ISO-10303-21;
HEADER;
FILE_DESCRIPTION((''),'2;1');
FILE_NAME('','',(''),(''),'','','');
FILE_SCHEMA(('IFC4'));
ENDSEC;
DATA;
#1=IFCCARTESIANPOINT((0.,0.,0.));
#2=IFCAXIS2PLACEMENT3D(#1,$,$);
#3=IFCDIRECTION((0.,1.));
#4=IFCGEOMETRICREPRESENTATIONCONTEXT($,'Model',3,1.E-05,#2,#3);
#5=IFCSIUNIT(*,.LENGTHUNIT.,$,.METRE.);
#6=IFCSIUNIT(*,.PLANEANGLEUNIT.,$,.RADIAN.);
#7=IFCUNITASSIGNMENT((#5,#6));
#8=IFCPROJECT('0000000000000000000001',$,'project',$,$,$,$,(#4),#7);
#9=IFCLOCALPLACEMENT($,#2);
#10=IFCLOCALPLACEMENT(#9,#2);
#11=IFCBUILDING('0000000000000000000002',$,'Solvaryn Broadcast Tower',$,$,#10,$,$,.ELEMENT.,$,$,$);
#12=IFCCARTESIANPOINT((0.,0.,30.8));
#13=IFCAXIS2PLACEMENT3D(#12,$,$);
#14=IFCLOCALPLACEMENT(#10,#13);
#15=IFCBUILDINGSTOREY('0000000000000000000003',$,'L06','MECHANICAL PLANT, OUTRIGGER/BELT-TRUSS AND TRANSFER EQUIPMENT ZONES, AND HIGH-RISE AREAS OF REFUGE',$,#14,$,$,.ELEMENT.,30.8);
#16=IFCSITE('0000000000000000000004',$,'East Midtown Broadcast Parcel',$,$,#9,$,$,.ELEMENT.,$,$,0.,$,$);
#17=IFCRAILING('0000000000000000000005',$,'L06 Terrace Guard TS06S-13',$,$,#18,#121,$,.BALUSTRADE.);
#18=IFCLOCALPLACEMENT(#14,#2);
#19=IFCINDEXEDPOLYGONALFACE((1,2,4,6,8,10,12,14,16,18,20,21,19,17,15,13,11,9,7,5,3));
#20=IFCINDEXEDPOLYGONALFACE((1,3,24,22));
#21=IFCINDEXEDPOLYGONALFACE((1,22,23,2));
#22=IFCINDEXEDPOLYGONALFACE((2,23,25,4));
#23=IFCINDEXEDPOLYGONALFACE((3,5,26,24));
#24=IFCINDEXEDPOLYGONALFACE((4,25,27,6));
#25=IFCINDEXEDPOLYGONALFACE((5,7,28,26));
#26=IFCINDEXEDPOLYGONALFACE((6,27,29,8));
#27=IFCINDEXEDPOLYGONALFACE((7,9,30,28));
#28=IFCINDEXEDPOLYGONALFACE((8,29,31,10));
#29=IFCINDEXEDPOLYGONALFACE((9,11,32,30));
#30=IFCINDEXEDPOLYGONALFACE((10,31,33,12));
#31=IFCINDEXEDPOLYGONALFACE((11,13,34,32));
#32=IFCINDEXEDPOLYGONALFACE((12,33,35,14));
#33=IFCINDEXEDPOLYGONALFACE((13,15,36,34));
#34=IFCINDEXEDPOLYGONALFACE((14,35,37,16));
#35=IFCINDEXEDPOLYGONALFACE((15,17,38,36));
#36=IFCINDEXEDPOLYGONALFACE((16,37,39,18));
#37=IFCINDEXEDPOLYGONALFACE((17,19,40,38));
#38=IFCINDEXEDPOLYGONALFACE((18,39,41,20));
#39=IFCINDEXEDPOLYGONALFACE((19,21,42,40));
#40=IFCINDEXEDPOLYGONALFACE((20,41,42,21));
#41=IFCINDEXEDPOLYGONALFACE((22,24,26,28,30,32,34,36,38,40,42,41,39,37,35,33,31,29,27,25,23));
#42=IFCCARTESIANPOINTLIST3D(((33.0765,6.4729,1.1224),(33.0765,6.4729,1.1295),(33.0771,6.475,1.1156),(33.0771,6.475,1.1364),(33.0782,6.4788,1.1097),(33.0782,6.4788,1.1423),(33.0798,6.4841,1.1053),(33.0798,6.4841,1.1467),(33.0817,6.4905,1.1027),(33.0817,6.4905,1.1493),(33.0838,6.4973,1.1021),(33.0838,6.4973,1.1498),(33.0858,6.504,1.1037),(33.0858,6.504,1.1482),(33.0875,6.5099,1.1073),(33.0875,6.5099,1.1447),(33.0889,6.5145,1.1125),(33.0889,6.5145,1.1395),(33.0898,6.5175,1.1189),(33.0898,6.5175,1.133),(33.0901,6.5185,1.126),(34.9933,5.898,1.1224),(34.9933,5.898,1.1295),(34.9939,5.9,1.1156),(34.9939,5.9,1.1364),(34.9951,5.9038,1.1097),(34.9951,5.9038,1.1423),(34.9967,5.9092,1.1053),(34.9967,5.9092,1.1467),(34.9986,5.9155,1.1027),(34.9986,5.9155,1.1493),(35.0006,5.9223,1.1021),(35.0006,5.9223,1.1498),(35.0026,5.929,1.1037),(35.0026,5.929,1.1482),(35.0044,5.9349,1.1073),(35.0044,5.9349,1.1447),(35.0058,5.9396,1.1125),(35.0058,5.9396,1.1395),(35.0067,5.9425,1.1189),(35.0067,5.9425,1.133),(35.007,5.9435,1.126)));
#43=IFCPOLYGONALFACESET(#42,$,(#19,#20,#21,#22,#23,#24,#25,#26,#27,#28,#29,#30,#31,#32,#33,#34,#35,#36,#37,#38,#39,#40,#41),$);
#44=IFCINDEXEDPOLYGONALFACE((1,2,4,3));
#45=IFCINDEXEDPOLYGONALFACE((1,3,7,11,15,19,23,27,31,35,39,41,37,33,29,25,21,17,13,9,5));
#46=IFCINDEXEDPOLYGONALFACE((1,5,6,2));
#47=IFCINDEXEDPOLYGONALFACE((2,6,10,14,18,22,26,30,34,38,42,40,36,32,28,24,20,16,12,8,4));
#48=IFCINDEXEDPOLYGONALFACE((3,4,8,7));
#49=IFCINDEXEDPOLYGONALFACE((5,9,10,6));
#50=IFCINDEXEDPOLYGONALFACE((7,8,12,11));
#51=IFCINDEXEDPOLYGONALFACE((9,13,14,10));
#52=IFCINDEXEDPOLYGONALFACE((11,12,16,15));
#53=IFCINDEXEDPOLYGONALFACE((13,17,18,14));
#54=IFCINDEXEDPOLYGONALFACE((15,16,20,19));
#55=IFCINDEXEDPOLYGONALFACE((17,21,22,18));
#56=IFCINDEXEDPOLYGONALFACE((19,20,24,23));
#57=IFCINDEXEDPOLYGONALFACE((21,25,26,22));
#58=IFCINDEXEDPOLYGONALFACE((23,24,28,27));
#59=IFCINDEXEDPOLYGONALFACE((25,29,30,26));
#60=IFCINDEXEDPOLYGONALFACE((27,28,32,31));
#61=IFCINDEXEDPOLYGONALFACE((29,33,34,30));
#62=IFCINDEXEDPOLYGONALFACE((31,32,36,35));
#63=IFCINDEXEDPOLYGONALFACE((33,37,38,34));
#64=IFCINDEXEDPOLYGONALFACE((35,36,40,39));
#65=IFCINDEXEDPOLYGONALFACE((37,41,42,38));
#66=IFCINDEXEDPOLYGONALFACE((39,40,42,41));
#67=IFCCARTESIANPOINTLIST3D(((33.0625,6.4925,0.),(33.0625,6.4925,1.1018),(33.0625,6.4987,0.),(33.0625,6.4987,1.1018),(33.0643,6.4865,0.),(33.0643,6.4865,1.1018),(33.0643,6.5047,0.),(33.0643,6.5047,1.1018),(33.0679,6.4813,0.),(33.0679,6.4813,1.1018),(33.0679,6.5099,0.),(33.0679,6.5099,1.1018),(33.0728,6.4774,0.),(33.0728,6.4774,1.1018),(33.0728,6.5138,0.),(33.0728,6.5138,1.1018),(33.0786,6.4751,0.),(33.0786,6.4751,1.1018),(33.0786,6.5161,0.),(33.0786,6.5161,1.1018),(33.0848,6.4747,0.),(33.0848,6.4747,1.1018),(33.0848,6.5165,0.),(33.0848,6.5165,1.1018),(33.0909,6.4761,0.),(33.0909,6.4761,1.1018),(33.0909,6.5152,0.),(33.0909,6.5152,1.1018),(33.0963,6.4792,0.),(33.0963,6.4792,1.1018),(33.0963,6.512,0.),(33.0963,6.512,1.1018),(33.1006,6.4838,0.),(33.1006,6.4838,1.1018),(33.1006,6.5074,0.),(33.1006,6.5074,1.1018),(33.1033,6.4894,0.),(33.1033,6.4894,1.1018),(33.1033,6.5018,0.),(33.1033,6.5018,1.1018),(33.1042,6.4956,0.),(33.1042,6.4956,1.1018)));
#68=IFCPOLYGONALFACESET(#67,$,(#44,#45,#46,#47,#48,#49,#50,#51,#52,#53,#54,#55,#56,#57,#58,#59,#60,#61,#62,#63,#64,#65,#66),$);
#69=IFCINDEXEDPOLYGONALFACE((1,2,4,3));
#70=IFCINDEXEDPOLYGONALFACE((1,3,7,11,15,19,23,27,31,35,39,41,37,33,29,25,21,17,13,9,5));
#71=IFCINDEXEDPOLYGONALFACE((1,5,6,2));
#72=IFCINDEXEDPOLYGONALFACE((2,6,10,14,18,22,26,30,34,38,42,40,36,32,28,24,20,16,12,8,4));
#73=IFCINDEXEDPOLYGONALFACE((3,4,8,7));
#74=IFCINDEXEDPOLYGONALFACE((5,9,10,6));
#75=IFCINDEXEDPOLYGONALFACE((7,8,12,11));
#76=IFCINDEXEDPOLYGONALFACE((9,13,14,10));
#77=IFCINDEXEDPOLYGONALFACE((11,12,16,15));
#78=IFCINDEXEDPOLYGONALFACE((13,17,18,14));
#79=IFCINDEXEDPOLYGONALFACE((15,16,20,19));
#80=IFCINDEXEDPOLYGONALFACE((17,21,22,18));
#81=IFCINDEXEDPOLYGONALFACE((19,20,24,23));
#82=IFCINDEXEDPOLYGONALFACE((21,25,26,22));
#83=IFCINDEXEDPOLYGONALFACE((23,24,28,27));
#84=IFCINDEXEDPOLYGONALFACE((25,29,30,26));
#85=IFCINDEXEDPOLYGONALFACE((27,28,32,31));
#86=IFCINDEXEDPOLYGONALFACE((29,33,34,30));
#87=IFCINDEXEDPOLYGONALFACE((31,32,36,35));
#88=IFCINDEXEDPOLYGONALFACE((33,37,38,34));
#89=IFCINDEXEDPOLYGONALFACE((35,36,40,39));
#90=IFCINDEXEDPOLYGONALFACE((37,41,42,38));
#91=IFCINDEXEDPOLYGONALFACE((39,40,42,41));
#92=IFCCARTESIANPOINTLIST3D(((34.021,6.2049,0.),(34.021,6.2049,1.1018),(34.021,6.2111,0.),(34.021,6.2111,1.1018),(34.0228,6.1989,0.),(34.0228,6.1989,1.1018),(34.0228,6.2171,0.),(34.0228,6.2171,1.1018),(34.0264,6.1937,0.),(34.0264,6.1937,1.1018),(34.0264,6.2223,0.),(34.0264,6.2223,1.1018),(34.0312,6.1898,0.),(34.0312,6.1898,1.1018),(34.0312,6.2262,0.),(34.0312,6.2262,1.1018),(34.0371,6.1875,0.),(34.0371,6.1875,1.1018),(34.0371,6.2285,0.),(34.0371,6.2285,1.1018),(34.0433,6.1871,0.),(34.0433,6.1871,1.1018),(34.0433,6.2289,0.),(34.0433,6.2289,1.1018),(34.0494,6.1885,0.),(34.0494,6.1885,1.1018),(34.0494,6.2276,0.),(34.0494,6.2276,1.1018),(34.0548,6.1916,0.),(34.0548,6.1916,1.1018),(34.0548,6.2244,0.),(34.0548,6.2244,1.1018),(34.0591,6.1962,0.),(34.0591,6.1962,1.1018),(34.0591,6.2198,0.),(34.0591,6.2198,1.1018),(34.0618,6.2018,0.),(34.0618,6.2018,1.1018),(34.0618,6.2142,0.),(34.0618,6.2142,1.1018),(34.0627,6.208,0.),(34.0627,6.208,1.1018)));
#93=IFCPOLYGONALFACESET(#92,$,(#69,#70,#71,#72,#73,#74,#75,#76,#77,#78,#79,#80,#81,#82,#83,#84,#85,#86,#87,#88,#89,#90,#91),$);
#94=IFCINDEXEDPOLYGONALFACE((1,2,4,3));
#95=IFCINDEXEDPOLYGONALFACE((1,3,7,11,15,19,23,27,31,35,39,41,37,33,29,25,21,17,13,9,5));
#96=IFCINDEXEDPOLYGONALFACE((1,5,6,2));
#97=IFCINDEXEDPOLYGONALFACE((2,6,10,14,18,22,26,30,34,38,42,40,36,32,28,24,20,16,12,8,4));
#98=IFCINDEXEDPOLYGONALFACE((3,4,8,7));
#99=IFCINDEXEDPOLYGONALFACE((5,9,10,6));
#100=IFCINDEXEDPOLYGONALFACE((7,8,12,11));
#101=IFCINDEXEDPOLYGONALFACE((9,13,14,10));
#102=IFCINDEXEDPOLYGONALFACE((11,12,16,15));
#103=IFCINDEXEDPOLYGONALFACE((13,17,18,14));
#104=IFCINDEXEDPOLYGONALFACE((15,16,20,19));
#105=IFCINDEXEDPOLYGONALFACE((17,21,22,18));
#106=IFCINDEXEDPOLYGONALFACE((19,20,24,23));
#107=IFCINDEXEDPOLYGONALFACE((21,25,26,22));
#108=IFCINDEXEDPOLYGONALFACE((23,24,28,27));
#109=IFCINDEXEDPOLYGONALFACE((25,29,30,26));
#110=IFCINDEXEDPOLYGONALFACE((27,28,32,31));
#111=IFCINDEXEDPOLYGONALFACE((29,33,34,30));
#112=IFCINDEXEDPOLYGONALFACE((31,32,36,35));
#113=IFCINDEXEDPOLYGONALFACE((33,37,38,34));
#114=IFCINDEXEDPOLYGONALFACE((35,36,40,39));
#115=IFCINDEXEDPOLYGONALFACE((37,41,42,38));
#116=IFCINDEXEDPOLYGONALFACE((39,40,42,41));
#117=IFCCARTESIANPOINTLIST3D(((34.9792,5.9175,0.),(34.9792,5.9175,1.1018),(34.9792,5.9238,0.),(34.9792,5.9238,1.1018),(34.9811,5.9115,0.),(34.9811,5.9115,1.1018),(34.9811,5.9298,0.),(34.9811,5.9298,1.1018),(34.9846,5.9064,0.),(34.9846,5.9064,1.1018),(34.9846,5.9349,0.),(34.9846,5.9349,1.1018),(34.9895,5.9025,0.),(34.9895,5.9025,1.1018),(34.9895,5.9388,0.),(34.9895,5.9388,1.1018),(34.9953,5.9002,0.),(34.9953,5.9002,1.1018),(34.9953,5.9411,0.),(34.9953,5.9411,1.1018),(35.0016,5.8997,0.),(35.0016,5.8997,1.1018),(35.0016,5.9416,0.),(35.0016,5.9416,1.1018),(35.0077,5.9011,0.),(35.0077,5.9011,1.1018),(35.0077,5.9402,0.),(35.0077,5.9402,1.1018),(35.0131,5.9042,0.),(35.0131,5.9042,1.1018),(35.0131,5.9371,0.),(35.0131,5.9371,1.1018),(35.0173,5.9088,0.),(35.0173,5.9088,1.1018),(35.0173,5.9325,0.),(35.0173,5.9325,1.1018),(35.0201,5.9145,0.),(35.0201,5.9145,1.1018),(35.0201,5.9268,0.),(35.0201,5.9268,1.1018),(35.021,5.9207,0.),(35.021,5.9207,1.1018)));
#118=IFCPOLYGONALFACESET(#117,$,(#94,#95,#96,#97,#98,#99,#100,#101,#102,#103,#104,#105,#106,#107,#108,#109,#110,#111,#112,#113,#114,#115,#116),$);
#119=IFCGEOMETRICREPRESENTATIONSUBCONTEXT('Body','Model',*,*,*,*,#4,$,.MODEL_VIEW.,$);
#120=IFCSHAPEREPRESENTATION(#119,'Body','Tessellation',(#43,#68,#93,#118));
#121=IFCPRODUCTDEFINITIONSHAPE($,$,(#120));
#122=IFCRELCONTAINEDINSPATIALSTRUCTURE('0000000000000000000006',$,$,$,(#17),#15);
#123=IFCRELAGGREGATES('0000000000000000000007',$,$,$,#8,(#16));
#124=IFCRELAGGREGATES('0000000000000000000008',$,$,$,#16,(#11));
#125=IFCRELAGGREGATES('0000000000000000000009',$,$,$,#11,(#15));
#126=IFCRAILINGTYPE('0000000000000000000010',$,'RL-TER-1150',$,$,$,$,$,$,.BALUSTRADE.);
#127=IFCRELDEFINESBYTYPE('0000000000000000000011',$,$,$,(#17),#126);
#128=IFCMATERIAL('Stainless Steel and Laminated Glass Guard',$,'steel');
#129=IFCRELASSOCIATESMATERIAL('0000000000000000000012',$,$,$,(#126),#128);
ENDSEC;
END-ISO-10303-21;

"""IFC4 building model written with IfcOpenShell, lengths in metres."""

from ifc_helpers import new_model, si_unit, direction, frame, origin, origin_2d, place, context, subcontext, project, spatial, circle, extrude, material, type_object, element, save


model = new_model("IFC4")

# Units and contexts
model_context = context("Model", 3, precision=1e-05, world=origin(), true_north=direction((0.0, 1.0)))
body_context = subcontext(model_context, "Body", "Model", "MODEL_VIEW")
ifc_project = project(units=[si_unit("LENGTHUNIT", "METRE"), si_unit("PLANEANGLEUNIT", "RADIAN")], contexts=[model_context])

# Site, building, storey
site_placement = place(None, origin())
site = spatial("IfcSite", under=ifc_project, at=site_placement, Name="East Midtown Broadcast Parcel", CompositionType="ELEMENT", RefElevation=0.0)
building_placement = place(site_placement, origin())
building = spatial("IfcBuilding", under=site, at=building_placement, Name="Solvaryn Broadcast Tower", CompositionType="ELEMENT")
storey_placement = place(building_placement, frame((0.0, 0.0, 30.8)))
storey = spatial("IfcBuildingStorey", under=building, at=storey_placement, Name="L06", Description="MECHANICAL PLANT, OUTRIGGER/BELT-TRUSS AND TRANSFER EQUIPMENT ZONES, AND HIGH-RISE AREAS OF REFUGE", CompositionType="ELEMENT", Elevation=30.8)

# Railing
ifc_material_1 = material(Name="Stainless Steel and Laminated Glass Guard", Category="steel")
railing_type = type_object("IfcRailingType", Name="RL-TER-1150", PredefinedType="BALUSTRADE", material=ifc_material_1)
railing_1_placement = place(storey_placement, frame((33.0833, 6.4956, 0.0)))
element("IfcRailing", 1, at=railing_1_placement, inside=storey, type_object=railing_type, Name="L06 Terrace Guard TS06S-13", PredefinedType="BALUSTRADE", context=body_context, shape_type="SweptSolid", body=[
    extrude(circle(Radius=0.0239, at=origin_2d()), frame((0.0, 0.0, 1.126), z_axis=(0.957836, -0.287314, 0.0), x_axis=(0.287314, 0.957836, 0.0)), (0.0, 0.0, 1.0), 2.0012),
    extrude(circle(Radius=0.021, at=origin_2d()), origin(), (0.0, 0.0, 1.0), 1.1018),
    extrude(circle(Radius=0.021, at=origin_2d()), frame((0.9585, -0.2876, 0.0)), (0.0, 0.0, 1.0), 1.1018),
    extrude(circle(Radius=0.021, at=origin_2d()), frame((1.9167, -0.575, 0.0)), (0.0, 0.0, 1.0), 1.1018),
])

save(model, "model.ifc")
